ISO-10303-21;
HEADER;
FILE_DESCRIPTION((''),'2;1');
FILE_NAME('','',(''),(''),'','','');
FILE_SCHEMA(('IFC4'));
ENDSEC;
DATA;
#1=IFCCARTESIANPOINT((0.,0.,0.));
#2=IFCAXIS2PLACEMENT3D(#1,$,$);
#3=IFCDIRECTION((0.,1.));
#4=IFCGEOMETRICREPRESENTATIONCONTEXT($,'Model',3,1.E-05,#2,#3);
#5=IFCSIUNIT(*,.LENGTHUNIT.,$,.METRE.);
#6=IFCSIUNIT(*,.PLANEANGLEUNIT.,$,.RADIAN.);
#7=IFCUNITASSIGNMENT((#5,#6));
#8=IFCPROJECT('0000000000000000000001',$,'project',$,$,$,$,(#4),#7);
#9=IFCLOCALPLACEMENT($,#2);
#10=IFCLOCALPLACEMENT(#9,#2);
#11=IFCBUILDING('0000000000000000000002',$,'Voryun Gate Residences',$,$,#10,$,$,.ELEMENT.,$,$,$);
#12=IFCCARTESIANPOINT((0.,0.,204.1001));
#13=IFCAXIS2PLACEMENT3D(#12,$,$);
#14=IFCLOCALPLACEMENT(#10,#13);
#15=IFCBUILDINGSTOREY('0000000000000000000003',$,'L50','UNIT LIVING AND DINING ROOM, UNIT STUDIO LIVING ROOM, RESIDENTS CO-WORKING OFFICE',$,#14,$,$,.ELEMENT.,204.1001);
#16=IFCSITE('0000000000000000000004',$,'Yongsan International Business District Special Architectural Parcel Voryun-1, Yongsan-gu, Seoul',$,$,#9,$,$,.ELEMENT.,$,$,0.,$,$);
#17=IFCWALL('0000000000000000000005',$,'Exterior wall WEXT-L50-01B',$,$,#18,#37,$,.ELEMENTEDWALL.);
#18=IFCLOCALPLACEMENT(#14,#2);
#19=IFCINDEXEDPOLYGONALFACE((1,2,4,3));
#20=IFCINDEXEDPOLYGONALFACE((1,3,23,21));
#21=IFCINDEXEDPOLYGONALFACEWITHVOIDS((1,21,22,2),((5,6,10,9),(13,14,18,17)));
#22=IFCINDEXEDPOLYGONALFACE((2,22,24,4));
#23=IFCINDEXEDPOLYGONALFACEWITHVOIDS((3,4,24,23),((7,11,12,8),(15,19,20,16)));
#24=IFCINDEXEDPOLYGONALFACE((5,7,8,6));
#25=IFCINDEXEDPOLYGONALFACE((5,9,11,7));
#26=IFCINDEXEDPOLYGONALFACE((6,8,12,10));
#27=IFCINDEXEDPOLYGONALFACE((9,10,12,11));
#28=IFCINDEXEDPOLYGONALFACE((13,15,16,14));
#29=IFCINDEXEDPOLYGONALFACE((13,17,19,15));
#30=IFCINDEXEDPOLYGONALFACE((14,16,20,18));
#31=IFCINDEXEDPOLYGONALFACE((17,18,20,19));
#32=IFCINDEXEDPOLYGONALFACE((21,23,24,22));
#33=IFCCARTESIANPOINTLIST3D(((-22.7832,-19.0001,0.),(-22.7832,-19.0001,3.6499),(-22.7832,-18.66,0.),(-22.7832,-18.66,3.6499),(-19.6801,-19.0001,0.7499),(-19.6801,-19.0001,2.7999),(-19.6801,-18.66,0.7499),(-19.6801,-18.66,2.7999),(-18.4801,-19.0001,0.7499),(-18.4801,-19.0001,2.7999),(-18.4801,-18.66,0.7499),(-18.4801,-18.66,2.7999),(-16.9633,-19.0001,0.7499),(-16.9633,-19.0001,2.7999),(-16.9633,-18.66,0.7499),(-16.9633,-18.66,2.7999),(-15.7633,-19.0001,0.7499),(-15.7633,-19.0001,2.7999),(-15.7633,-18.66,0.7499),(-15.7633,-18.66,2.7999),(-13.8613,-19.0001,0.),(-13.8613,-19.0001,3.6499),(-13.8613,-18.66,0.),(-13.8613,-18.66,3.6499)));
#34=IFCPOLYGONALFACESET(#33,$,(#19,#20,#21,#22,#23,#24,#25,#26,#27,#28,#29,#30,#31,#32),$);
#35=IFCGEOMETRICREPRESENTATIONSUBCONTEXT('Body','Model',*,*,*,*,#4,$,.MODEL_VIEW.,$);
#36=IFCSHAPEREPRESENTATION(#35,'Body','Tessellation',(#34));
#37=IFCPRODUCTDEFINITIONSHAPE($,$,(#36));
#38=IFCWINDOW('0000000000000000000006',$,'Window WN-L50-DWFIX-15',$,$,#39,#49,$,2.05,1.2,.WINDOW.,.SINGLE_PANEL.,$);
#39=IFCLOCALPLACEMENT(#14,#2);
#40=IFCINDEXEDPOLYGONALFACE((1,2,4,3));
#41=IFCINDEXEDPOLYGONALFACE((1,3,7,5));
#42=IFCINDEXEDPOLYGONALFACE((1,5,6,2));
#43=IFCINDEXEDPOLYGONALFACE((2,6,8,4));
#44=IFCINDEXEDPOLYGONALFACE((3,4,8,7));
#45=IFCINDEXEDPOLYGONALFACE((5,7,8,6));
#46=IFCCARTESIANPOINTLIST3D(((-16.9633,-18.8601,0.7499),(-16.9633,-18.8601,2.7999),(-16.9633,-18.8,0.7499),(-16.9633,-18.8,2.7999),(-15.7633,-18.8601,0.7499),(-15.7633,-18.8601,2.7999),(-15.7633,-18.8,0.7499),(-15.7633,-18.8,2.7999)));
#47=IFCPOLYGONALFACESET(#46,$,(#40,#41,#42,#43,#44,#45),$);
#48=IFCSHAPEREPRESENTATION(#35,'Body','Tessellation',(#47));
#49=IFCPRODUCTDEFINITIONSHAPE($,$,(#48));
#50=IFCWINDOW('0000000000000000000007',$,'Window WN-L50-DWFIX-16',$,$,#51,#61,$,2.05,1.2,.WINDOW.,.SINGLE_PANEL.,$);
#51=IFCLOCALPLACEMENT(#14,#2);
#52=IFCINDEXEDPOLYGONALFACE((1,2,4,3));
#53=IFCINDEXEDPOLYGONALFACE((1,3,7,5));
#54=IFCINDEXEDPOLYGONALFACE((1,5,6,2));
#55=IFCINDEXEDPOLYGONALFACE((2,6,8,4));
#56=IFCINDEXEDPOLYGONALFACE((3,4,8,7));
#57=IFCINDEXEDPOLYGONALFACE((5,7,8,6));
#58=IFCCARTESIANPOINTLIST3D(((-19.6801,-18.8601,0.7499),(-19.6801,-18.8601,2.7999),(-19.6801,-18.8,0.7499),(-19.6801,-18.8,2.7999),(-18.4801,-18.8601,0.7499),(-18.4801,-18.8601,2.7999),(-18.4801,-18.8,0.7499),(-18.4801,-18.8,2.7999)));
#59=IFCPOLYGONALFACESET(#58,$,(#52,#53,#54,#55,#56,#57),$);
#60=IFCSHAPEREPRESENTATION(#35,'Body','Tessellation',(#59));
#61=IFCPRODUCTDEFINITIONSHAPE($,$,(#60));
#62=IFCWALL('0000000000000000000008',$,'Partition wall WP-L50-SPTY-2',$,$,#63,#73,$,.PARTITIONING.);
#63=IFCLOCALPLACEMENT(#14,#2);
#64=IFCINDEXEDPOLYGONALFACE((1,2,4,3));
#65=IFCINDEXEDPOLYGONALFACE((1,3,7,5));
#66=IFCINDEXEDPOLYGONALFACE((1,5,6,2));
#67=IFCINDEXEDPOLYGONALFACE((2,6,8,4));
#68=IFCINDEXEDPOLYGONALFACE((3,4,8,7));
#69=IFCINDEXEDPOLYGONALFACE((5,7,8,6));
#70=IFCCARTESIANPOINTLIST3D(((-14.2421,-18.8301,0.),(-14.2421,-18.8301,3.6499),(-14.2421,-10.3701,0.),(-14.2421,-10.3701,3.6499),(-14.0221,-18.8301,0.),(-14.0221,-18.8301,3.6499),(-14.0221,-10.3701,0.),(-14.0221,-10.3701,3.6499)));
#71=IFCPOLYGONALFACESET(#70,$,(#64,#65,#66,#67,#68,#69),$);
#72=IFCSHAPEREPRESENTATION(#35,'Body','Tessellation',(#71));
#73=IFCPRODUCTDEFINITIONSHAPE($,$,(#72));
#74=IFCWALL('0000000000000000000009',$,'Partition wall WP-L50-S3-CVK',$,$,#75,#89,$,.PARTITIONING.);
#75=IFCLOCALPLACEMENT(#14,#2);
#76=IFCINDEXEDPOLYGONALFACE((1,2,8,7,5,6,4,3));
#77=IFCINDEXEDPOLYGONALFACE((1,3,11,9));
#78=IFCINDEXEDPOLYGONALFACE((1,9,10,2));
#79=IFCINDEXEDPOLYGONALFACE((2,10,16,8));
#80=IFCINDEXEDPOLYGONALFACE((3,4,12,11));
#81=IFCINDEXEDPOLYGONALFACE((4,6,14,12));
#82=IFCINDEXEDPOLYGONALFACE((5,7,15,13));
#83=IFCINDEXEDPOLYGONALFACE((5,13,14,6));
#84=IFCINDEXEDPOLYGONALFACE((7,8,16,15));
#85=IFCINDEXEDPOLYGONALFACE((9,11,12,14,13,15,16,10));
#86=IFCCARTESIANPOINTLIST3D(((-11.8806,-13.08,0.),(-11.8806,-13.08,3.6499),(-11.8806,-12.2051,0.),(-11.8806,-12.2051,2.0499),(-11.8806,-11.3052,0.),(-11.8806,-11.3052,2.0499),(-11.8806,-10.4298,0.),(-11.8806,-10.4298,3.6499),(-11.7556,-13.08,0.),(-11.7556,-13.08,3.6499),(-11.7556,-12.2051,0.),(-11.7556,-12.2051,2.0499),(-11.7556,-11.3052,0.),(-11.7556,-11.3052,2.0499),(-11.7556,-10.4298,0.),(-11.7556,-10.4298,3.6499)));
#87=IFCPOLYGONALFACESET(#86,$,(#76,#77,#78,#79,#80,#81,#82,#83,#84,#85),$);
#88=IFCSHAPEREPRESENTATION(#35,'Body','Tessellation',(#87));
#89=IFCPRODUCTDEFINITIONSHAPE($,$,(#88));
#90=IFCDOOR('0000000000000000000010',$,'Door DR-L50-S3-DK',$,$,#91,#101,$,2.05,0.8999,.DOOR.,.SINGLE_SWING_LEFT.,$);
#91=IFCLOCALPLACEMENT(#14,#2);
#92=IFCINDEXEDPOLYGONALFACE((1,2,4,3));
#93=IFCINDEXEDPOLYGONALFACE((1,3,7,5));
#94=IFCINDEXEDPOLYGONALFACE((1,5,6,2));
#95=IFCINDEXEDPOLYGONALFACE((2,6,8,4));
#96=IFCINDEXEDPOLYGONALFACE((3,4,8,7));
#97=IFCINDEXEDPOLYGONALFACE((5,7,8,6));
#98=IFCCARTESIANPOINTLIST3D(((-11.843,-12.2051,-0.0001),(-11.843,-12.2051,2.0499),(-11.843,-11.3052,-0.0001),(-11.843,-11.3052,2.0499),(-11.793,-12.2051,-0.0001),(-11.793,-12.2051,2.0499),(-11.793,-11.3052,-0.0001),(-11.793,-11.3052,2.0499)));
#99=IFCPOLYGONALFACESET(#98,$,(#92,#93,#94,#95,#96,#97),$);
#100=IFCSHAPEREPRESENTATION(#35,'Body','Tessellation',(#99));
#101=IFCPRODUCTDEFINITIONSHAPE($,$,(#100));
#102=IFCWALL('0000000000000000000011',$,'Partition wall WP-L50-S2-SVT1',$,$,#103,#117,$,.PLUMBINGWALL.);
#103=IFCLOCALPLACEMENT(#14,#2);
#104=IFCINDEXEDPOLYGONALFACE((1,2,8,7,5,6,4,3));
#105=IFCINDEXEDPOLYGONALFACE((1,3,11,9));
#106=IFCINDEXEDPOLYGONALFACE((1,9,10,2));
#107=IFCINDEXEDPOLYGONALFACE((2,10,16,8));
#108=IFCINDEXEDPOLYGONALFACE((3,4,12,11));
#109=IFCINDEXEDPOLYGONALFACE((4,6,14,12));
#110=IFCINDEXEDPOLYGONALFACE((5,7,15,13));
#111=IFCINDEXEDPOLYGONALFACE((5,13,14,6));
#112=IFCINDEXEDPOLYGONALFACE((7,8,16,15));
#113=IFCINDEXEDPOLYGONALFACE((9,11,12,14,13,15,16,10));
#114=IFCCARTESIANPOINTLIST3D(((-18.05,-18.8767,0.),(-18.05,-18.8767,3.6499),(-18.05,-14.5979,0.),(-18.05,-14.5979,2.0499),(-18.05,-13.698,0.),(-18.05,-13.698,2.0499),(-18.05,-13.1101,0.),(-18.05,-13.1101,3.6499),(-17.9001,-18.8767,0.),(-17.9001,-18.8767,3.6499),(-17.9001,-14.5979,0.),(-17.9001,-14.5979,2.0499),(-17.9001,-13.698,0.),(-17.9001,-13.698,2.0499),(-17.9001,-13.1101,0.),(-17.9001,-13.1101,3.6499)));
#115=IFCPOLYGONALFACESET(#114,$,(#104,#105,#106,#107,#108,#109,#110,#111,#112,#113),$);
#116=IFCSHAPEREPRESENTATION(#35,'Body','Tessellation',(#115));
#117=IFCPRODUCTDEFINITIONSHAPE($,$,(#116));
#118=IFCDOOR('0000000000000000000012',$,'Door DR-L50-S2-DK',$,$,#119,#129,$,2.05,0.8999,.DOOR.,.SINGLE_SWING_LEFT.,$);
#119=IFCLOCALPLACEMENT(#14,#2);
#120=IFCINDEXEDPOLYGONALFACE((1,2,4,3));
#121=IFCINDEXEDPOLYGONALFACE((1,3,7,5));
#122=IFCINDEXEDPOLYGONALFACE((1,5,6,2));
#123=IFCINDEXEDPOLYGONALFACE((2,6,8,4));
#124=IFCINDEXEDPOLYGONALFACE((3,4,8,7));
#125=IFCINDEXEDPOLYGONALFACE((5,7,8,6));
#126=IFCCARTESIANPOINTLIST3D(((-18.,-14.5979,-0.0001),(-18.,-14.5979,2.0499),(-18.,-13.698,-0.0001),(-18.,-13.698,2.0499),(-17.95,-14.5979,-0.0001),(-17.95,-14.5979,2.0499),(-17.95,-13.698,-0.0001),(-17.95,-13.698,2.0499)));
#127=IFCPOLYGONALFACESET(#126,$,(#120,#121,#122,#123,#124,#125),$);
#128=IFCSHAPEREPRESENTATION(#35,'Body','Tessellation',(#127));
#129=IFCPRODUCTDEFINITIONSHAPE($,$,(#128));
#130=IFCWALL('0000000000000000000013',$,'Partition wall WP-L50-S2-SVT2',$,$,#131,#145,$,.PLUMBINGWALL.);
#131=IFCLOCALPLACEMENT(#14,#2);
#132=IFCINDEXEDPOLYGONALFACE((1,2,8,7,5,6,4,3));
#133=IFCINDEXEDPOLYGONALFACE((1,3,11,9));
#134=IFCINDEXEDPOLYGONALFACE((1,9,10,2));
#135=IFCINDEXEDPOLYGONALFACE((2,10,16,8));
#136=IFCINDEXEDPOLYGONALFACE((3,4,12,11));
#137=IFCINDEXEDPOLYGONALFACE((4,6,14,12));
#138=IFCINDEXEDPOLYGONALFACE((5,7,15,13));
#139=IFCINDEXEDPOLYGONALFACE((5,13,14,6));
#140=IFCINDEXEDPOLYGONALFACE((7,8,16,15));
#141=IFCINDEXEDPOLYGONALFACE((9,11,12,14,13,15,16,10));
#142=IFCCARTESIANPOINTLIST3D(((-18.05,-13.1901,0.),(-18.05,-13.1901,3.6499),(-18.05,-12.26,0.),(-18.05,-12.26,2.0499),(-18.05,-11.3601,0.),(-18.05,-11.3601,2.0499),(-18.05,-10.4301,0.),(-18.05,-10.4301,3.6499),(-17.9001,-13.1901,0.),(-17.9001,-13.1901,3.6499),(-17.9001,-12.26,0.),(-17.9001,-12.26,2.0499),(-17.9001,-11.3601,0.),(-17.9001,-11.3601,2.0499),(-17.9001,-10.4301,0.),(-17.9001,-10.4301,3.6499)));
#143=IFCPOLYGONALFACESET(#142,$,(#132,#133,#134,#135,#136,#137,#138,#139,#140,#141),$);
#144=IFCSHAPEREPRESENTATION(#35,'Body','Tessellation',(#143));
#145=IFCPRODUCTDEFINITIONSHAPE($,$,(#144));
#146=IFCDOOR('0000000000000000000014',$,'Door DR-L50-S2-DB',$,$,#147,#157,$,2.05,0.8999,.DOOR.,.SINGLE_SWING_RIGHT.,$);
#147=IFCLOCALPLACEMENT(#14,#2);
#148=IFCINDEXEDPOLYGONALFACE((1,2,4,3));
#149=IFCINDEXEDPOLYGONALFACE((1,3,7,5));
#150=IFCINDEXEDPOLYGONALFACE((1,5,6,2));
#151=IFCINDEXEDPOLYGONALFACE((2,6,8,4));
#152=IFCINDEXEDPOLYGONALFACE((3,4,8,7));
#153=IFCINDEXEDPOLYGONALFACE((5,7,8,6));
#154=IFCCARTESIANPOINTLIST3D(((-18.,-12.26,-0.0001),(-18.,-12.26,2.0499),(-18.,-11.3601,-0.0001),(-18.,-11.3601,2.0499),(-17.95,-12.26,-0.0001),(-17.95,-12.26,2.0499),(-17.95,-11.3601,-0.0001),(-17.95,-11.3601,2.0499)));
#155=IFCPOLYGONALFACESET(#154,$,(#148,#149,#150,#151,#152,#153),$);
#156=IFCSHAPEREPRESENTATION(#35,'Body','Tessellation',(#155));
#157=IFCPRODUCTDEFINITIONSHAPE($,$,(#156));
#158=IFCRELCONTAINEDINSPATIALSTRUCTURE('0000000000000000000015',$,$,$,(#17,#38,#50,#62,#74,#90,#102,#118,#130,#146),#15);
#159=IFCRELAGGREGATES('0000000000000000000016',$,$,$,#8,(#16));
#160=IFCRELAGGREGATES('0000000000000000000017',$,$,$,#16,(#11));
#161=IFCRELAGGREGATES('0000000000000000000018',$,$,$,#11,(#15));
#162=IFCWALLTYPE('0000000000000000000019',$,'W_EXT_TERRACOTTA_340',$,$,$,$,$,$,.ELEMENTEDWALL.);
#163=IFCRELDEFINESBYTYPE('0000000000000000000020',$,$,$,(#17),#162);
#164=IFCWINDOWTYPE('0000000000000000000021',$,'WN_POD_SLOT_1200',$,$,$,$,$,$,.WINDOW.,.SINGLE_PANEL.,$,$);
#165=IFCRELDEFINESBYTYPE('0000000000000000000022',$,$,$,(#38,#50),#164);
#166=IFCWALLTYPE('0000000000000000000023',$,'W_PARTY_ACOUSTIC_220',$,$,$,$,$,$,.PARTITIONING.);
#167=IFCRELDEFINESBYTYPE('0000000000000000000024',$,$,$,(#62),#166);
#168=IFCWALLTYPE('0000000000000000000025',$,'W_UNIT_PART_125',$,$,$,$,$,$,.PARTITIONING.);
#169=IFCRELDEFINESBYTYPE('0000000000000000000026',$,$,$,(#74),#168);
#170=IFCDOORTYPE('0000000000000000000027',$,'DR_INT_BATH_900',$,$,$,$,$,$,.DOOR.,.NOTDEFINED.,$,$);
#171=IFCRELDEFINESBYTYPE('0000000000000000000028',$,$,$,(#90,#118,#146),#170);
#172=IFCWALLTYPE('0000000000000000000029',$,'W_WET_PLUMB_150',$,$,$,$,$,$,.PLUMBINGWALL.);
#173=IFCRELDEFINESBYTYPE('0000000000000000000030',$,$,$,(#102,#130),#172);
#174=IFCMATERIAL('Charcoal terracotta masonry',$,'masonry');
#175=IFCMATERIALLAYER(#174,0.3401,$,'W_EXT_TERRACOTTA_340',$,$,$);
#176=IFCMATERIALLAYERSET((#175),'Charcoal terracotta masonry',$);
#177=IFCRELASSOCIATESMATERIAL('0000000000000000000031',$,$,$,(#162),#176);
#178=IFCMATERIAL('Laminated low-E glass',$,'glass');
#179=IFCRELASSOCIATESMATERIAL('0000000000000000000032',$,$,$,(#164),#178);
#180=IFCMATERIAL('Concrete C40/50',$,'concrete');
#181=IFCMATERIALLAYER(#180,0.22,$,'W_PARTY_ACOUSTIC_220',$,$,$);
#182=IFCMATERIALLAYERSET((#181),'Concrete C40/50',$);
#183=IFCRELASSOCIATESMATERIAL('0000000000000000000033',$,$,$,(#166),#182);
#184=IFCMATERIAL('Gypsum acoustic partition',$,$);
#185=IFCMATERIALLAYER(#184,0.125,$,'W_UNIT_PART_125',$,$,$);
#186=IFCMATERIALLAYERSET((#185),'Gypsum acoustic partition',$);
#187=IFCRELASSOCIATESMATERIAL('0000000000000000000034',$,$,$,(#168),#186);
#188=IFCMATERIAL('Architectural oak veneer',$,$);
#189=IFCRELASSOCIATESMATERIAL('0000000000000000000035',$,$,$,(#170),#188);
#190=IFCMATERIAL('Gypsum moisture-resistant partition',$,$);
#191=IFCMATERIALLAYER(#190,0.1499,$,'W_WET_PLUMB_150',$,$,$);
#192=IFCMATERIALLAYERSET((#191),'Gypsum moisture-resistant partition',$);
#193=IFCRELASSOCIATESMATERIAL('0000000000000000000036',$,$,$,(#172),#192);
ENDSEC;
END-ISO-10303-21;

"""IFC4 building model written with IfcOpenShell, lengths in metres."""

from ifc_helpers import new_model, si_unit, direction, frame, frame_2d, origin, place, context, subcontext, project, spatial, rectangle, extrude, material, layer, layer_set, type_object, element, fill, save


model = new_model("IFC4")

# Units and contexts
model_context = context("Model", 3, precision=1e-05, world=origin(), true_north=direction((0.0, 1.0)))
body_context = subcontext(model_context, "Body", "Model", "MODEL_VIEW")
ifc_project = project(units=[si_unit("LENGTHUNIT", "METRE"), si_unit("PLANEANGLEUNIT", "RADIAN")], contexts=[model_context])

# Site, building, storey
site_placement = place(None, origin())
site = spatial("IfcSite", under=ifc_project, at=site_placement, Name="Yongsan International Business District Special Architectural Parcel Voryun-1, Yongsan-gu, Seoul", CompositionType="ELEMENT", RefElevation=0.0)
building_placement = place(site_placement, origin())
building = spatial("IfcBuilding", under=site, at=building_placement, Name="Voryun Gate Residences", CompositionType="ELEMENT")
storey_placement = place(building_placement, frame((0.0, 0.0, 204.1001)))
storey = spatial("IfcBuildingStorey", under=building, at=storey_placement, Name="L50", Description="UNIT LIVING AND DINING ROOM, UNIT STUDIO LIVING ROOM, RESIDENTS CO-WORKING OFFICE", CompositionType="ELEMENT", Elevation=204.1001)

# Wall, openings, windows
ifc_material_1 = material(Name="Charcoal terracotta masonry", Category="masonry")
ifc_layer_1 = layer(ifc_material_1, 0.3401, Name="W_EXT_TERRACOTTA_340")
ifc_layer_set_1 = layer_set([ifc_layer_1], Name="Charcoal terracotta masonry")
wall_type_1 = type_object("IfcWallType", Name="W_EXT_TERRACOTTA_340", PredefinedType="ELEMENTEDWALL", material=ifc_layer_set_1)
wall_1_placement = place(storey_placement, frame((-13.8613, -18.8301, 0.0), z_axis=(0.0, 0.0, 1.0), x_axis=(-1.0, 0.0, 0.0)))
wall_1 = element("IfcWall", 1, at=wall_1_placement, inside=storey, type_object=wall_type_1, Name="Exterior wall WEXT-L50-01B", PredefinedType="ELEMENTEDWALL", context=body_context, shape_type="SweptSolid", body=[
    extrude(rectangle(XDim=8.9219, YDim=0.3401, at=frame_2d((4.4609, 0.0))), origin(), (0.0, 0.0, 1.0), 3.6499),
])
opening_1_placement = place(wall_1_placement, frame((1.9019, 0.0, 0.75)))
opening_1 = element("IfcOpeningElement", 2, at=opening_1_placement, cuts=wall_1, PredefinedType="OPENING", context=body_context, shape_type="SweptSolid", body=[
    extrude(rectangle(XDim=1.2, YDim=2.05, at=frame_2d((0.6001, 1.0249))), frame((0.0, 0.1799, 0.0), z_axis=(0.0, -1.0, 0.0), x_axis=(1.0, 0.0, 0.0)), (0.0, 0.0, 1.0), 0.3601),
])
opening_2_placement = place(wall_1_placement, frame((4.6187, 0.0, 0.75)))
opening_2 = element("IfcOpeningElement", 3, at=opening_2_placement, cuts=wall_1, PredefinedType="OPENING", context=body_context, shape_type="SweptSolid", body=[
    extrude(rectangle(XDim=1.2, YDim=2.05, at=frame_2d((0.6001, 1.0249))), frame((0.0, 0.1799, 0.0), z_axis=(0.0, -1.0, 0.0), x_axis=(1.0, 0.0, 0.0)), (0.0, 0.0, 1.0), 0.3601),
])
ifc_material_2 = material(Name="Laminated low-E glass", Category="glass")
window_type = type_object("IfcWindowType", Name="WN_POD_SLOT_1200", PartitioningType="SINGLE_PANEL", PredefinedType="WINDOW", material=ifc_material_2)
window_1_placement = place(opening_1_placement, origin())
window_1 = element("IfcWindow", 4, at=window_1_placement, inside=storey, type_object=window_type, Name="Window WN-L50-DWFIX-15", OverallHeight=2.05, OverallWidth=1.2, PartitioningType="SINGLE_PANEL", PredefinedType="WINDOW", context=body_context, shape_type="SweptSolid", body=[
    extrude(rectangle(XDim=1.2, YDim=2.05, at=frame_2d((0.6001, 1.0249))), frame((0.0, 0.03, 0.0), z_axis=(0.0, -1.0, 0.0), x_axis=(1.0, 0.0, 0.0)), (0.0, 0.0, 1.0), 0.0601),
])
fill(opening_1, window_1)
window_2_placement = place(opening_2_placement, origin())
window_2 = element("IfcWindow", 5, at=window_2_placement, inside=storey, type_object=window_type, Name="Window WN-L50-DWFIX-16", OverallHeight=2.05, OverallWidth=1.2, PartitioningType="SINGLE_PANEL", PredefinedType="WINDOW", context=body_context, shape_type="SweptSolid", body=[
    extrude(rectangle(XDim=1.2, YDim=2.05, at=frame_2d((0.6001, 1.0249))), frame((0.0, 0.03, 0.0), z_axis=(0.0, -1.0, 0.0), x_axis=(1.0, 0.0, 0.0)), (0.0, 0.0, 1.0), 0.0601),
])
fill(opening_2, window_2)

# Wall
ifc_material_3 = material(Name="Concrete C40/50", Category="concrete")
ifc_layer_2 = layer(ifc_material_3, 0.22, Name="W_PARTY_ACOUSTIC_220")
ifc_layer_set_2 = layer_set([ifc_layer_2], Name="Concrete C40/50")
wall_type_2 = type_object("IfcWallType", Name="W_PARTY_ACOUSTIC_220", PredefinedType="PARTITIONING", material=ifc_layer_set_2)
wall_2_placement = place(storey_placement, frame((-14.1321, -18.8301, 0.0), z_axis=(0.0, 0.0, 1.0), x_axis=(0.0, 1.0, 0.0)))
element("IfcWall", 6, at=wall_2_placement, inside=storey, type_object=wall_type_2, Name="Partition wall WP-L50-SPTY-2", PredefinedType="PARTITIONING", context=body_context, shape_type="SweptSolid", body=[
    extrude(rectangle(XDim=8.46, YDim=0.22, at=frame_2d((4.23, 0.0))), origin(), (0.0, 0.0, 1.0), 3.6499),
])

# Walls, openings, doors
ifc_material_4 = material(Name="Gypsum acoustic partition")
ifc_layer_3 = layer(ifc_material_4, 0.125, Name="W_UNIT_PART_125")
ifc_layer_set_3 = layer_set([ifc_layer_3], Name="Gypsum acoustic partition")
wall_type_3 = type_object("IfcWallType", Name="W_UNIT_PART_125", PredefinedType="PARTITIONING", material=ifc_layer_set_3)
wall_3_placement = place(storey_placement, frame((-11.8181, -13.0801, 0.0), z_axis=(0.0, 0.0, 1.0), x_axis=(0.0, 1.0, 0.0)))
wall_3 = element("IfcWall", 7, at=wall_3_placement, inside=storey, type_object=wall_type_3, Name="Partition wall WP-L50-S3-CVK", PredefinedType="PARTITIONING", context=body_context, shape_type="SweptSolid", body=[
    extrude(rectangle(XDim=2.6501, YDim=0.125, at=frame_2d((1.3252, 0.0))), origin(), (0.0, 0.0, 1.0), 3.6499),
])
opening_3_placement = place(wall_3_placement, frame((0.875, 0.0, 0.0)))
opening_3 = element("IfcOpeningElement", 8, at=opening_3_placement, cuts=wall_3, PredefinedType="OPENING", context=body_context, shape_type="SweptSolid", body=[
    extrude(rectangle(XDim=0.8999, YDim=2.05, at=frame_2d((0.45, 1.0249))), frame((0.0, 0.0725, 0.0), z_axis=(0.0, -1.0, 0.0), x_axis=(1.0, 0.0, 0.0)), (0.0, 0.0, 1.0), 0.145),
])
ifc_material_5 = material(Name="Architectural oak veneer")
door_type = type_object("IfcDoorType", Name="DR_INT_BATH_900", OperationType="NOTDEFINED", PredefinedType="DOOR", material=ifc_material_5)
door_1_placement = place(opening_3_placement, origin())
door_1 = element("IfcDoor", 9, at=door_1_placement, inside=storey, type_object=door_type, Name="Door DR-L50-S3-DK", OperationType="SINGLE_SWING_LEFT", OverallHeight=2.05, OverallWidth=0.8999, PredefinedType="DOOR", context=body_context, shape_type="SweptSolid", body=[
    extrude(rectangle(XDim=0.8999, YDim=2.05, at=frame_2d((0.45, 1.0249))), frame((0.0, 0.0249, 0.0), z_axis=(0.0, -1.0, 0.0), x_axis=(1.0, 0.0, 0.0)), (0.0, 0.0, 1.0), 0.05),
])
fill(opening_3, door_1)
ifc_material_6 = material(Name="Gypsum moisture-resistant partition")
ifc_layer_4 = layer(ifc_material_6, 0.1499, Name="W_WET_PLUMB_150")
ifc_layer_set_4 = layer_set([ifc_layer_4], Name="Gypsum moisture-resistant partition")
wall_type_4 = type_object("IfcWallType", Name="W_WET_PLUMB_150", PredefinedType="PLUMBINGWALL", material=ifc_layer_set_4)
wall_4_placement = place(storey_placement, frame((-17.9751, -18.8767, 0.0), z_axis=(0.0, 0.0, 1.0), x_axis=(0.0, 1.0, 0.0)))
wall_4 = element("IfcWall", 10, at=wall_4_placement, inside=storey, type_object=wall_type_4, Name="Partition wall WP-L50-S2-SVT1", PredefinedType="PLUMBINGWALL", context=body_context, shape_type="SweptSolid", body=[
    extrude(rectangle(XDim=5.7666, YDim=0.1499, at=frame_2d((2.8833, 0.0))), origin(), (0.0, 0.0, 1.0), 3.6499),
])
opening_4_placement = place(wall_4_placement, frame((4.2788, 0.0, 0.0)))
opening_4 = element("IfcOpeningElement", 11, at=opening_4_placement, cuts=wall_4, PredefinedType="OPENING", context=body_context, shape_type="SweptSolid", body=[
    extrude(rectangle(XDim=0.8999, YDim=2.05, at=frame_2d((0.45, 1.0249))), frame((0.0, 0.085, 0.0), z_axis=(0.0, -1.0, 0.0), x_axis=(1.0, 0.0, 0.0)), (0.0, 0.0, 1.0), 0.1699),
])
door_2_placement = place(opening_4_placement, origin())
door_2 = element("IfcDoor", 12, at=door_2_placement, inside=storey, type_object=door_type, Name="Door DR-L50-S2-DK", OperationType="SINGLE_SWING_LEFT", OverallHeight=2.05, OverallWidth=0.8999, PredefinedType="DOOR", context=body_context, shape_type="SweptSolid", body=[
    extrude(rectangle(XDim=0.8999, YDim=2.05, at=frame_2d((0.45, 1.0249))), frame((0.0, 0.0249, 0.0), z_axis=(0.0, -1.0, 0.0), x_axis=(1.0, 0.0, 0.0)), (0.0, 0.0, 1.0), 0.05),
])
fill(opening_4, door_2)
wall_5_placement = place(storey_placement, frame((-17.9751, -13.1899, 0.0), z_axis=(0.0, 0.0, 1.0), x_axis=(0.0, 1.0, 0.0)))
wall_5 = element("IfcWall", 13, at=wall_5_placement, inside=storey, type_object=wall_type_4, Name="Partition wall WP-L50-S2-SVT2", PredefinedType="PLUMBINGWALL", context=body_context, shape_type="SweptSolid", body=[
    extrude(rectangle(XDim=2.76, YDim=0.1499, at=frame_2d((1.3799, 0.0))), origin(), (0.0, 0.0, 1.0), 3.6499),
])
opening_5_placement = place(wall_5_placement, frame((0.9299, 0.0, 0.0)))
opening_5 = element("IfcOpeningElement", 14, at=opening_5_placement, cuts=wall_5, PredefinedType="OPENING", context=body_context, shape_type="SweptSolid", body=[
    extrude(rectangle(XDim=0.8999, YDim=2.05, at=frame_2d((0.45, 1.0249))), frame((0.0, 0.085, 0.0), z_axis=(0.0, -1.0, 0.0), x_axis=(1.0, 0.0, 0.0)), (0.0, 0.0, 1.0), 0.1699),
])
door_3_placement = place(opening_5_placement, origin())
door_3 = element("IfcDoor", 15, at=door_3_placement, inside=storey, type_object=door_type, Name="Door DR-L50-S2-DB", OperationType="SINGLE_SWING_RIGHT", OverallHeight=2.05, OverallWidth=0.8999, PredefinedType="DOOR", context=body_context, shape_type="SweptSolid", body=[
    extrude(rectangle(XDim=0.8999, YDim=2.05, at=frame_2d((0.45, 1.0249))), frame((0.0, 0.0249, 0.0), z_axis=(0.0, -1.0, 0.0), x_axis=(1.0, 0.0, 0.0)), (0.0, 0.0, 1.0), 0.05),
])
fill(opening_5, door_3)

save(model, "model.ifc")
